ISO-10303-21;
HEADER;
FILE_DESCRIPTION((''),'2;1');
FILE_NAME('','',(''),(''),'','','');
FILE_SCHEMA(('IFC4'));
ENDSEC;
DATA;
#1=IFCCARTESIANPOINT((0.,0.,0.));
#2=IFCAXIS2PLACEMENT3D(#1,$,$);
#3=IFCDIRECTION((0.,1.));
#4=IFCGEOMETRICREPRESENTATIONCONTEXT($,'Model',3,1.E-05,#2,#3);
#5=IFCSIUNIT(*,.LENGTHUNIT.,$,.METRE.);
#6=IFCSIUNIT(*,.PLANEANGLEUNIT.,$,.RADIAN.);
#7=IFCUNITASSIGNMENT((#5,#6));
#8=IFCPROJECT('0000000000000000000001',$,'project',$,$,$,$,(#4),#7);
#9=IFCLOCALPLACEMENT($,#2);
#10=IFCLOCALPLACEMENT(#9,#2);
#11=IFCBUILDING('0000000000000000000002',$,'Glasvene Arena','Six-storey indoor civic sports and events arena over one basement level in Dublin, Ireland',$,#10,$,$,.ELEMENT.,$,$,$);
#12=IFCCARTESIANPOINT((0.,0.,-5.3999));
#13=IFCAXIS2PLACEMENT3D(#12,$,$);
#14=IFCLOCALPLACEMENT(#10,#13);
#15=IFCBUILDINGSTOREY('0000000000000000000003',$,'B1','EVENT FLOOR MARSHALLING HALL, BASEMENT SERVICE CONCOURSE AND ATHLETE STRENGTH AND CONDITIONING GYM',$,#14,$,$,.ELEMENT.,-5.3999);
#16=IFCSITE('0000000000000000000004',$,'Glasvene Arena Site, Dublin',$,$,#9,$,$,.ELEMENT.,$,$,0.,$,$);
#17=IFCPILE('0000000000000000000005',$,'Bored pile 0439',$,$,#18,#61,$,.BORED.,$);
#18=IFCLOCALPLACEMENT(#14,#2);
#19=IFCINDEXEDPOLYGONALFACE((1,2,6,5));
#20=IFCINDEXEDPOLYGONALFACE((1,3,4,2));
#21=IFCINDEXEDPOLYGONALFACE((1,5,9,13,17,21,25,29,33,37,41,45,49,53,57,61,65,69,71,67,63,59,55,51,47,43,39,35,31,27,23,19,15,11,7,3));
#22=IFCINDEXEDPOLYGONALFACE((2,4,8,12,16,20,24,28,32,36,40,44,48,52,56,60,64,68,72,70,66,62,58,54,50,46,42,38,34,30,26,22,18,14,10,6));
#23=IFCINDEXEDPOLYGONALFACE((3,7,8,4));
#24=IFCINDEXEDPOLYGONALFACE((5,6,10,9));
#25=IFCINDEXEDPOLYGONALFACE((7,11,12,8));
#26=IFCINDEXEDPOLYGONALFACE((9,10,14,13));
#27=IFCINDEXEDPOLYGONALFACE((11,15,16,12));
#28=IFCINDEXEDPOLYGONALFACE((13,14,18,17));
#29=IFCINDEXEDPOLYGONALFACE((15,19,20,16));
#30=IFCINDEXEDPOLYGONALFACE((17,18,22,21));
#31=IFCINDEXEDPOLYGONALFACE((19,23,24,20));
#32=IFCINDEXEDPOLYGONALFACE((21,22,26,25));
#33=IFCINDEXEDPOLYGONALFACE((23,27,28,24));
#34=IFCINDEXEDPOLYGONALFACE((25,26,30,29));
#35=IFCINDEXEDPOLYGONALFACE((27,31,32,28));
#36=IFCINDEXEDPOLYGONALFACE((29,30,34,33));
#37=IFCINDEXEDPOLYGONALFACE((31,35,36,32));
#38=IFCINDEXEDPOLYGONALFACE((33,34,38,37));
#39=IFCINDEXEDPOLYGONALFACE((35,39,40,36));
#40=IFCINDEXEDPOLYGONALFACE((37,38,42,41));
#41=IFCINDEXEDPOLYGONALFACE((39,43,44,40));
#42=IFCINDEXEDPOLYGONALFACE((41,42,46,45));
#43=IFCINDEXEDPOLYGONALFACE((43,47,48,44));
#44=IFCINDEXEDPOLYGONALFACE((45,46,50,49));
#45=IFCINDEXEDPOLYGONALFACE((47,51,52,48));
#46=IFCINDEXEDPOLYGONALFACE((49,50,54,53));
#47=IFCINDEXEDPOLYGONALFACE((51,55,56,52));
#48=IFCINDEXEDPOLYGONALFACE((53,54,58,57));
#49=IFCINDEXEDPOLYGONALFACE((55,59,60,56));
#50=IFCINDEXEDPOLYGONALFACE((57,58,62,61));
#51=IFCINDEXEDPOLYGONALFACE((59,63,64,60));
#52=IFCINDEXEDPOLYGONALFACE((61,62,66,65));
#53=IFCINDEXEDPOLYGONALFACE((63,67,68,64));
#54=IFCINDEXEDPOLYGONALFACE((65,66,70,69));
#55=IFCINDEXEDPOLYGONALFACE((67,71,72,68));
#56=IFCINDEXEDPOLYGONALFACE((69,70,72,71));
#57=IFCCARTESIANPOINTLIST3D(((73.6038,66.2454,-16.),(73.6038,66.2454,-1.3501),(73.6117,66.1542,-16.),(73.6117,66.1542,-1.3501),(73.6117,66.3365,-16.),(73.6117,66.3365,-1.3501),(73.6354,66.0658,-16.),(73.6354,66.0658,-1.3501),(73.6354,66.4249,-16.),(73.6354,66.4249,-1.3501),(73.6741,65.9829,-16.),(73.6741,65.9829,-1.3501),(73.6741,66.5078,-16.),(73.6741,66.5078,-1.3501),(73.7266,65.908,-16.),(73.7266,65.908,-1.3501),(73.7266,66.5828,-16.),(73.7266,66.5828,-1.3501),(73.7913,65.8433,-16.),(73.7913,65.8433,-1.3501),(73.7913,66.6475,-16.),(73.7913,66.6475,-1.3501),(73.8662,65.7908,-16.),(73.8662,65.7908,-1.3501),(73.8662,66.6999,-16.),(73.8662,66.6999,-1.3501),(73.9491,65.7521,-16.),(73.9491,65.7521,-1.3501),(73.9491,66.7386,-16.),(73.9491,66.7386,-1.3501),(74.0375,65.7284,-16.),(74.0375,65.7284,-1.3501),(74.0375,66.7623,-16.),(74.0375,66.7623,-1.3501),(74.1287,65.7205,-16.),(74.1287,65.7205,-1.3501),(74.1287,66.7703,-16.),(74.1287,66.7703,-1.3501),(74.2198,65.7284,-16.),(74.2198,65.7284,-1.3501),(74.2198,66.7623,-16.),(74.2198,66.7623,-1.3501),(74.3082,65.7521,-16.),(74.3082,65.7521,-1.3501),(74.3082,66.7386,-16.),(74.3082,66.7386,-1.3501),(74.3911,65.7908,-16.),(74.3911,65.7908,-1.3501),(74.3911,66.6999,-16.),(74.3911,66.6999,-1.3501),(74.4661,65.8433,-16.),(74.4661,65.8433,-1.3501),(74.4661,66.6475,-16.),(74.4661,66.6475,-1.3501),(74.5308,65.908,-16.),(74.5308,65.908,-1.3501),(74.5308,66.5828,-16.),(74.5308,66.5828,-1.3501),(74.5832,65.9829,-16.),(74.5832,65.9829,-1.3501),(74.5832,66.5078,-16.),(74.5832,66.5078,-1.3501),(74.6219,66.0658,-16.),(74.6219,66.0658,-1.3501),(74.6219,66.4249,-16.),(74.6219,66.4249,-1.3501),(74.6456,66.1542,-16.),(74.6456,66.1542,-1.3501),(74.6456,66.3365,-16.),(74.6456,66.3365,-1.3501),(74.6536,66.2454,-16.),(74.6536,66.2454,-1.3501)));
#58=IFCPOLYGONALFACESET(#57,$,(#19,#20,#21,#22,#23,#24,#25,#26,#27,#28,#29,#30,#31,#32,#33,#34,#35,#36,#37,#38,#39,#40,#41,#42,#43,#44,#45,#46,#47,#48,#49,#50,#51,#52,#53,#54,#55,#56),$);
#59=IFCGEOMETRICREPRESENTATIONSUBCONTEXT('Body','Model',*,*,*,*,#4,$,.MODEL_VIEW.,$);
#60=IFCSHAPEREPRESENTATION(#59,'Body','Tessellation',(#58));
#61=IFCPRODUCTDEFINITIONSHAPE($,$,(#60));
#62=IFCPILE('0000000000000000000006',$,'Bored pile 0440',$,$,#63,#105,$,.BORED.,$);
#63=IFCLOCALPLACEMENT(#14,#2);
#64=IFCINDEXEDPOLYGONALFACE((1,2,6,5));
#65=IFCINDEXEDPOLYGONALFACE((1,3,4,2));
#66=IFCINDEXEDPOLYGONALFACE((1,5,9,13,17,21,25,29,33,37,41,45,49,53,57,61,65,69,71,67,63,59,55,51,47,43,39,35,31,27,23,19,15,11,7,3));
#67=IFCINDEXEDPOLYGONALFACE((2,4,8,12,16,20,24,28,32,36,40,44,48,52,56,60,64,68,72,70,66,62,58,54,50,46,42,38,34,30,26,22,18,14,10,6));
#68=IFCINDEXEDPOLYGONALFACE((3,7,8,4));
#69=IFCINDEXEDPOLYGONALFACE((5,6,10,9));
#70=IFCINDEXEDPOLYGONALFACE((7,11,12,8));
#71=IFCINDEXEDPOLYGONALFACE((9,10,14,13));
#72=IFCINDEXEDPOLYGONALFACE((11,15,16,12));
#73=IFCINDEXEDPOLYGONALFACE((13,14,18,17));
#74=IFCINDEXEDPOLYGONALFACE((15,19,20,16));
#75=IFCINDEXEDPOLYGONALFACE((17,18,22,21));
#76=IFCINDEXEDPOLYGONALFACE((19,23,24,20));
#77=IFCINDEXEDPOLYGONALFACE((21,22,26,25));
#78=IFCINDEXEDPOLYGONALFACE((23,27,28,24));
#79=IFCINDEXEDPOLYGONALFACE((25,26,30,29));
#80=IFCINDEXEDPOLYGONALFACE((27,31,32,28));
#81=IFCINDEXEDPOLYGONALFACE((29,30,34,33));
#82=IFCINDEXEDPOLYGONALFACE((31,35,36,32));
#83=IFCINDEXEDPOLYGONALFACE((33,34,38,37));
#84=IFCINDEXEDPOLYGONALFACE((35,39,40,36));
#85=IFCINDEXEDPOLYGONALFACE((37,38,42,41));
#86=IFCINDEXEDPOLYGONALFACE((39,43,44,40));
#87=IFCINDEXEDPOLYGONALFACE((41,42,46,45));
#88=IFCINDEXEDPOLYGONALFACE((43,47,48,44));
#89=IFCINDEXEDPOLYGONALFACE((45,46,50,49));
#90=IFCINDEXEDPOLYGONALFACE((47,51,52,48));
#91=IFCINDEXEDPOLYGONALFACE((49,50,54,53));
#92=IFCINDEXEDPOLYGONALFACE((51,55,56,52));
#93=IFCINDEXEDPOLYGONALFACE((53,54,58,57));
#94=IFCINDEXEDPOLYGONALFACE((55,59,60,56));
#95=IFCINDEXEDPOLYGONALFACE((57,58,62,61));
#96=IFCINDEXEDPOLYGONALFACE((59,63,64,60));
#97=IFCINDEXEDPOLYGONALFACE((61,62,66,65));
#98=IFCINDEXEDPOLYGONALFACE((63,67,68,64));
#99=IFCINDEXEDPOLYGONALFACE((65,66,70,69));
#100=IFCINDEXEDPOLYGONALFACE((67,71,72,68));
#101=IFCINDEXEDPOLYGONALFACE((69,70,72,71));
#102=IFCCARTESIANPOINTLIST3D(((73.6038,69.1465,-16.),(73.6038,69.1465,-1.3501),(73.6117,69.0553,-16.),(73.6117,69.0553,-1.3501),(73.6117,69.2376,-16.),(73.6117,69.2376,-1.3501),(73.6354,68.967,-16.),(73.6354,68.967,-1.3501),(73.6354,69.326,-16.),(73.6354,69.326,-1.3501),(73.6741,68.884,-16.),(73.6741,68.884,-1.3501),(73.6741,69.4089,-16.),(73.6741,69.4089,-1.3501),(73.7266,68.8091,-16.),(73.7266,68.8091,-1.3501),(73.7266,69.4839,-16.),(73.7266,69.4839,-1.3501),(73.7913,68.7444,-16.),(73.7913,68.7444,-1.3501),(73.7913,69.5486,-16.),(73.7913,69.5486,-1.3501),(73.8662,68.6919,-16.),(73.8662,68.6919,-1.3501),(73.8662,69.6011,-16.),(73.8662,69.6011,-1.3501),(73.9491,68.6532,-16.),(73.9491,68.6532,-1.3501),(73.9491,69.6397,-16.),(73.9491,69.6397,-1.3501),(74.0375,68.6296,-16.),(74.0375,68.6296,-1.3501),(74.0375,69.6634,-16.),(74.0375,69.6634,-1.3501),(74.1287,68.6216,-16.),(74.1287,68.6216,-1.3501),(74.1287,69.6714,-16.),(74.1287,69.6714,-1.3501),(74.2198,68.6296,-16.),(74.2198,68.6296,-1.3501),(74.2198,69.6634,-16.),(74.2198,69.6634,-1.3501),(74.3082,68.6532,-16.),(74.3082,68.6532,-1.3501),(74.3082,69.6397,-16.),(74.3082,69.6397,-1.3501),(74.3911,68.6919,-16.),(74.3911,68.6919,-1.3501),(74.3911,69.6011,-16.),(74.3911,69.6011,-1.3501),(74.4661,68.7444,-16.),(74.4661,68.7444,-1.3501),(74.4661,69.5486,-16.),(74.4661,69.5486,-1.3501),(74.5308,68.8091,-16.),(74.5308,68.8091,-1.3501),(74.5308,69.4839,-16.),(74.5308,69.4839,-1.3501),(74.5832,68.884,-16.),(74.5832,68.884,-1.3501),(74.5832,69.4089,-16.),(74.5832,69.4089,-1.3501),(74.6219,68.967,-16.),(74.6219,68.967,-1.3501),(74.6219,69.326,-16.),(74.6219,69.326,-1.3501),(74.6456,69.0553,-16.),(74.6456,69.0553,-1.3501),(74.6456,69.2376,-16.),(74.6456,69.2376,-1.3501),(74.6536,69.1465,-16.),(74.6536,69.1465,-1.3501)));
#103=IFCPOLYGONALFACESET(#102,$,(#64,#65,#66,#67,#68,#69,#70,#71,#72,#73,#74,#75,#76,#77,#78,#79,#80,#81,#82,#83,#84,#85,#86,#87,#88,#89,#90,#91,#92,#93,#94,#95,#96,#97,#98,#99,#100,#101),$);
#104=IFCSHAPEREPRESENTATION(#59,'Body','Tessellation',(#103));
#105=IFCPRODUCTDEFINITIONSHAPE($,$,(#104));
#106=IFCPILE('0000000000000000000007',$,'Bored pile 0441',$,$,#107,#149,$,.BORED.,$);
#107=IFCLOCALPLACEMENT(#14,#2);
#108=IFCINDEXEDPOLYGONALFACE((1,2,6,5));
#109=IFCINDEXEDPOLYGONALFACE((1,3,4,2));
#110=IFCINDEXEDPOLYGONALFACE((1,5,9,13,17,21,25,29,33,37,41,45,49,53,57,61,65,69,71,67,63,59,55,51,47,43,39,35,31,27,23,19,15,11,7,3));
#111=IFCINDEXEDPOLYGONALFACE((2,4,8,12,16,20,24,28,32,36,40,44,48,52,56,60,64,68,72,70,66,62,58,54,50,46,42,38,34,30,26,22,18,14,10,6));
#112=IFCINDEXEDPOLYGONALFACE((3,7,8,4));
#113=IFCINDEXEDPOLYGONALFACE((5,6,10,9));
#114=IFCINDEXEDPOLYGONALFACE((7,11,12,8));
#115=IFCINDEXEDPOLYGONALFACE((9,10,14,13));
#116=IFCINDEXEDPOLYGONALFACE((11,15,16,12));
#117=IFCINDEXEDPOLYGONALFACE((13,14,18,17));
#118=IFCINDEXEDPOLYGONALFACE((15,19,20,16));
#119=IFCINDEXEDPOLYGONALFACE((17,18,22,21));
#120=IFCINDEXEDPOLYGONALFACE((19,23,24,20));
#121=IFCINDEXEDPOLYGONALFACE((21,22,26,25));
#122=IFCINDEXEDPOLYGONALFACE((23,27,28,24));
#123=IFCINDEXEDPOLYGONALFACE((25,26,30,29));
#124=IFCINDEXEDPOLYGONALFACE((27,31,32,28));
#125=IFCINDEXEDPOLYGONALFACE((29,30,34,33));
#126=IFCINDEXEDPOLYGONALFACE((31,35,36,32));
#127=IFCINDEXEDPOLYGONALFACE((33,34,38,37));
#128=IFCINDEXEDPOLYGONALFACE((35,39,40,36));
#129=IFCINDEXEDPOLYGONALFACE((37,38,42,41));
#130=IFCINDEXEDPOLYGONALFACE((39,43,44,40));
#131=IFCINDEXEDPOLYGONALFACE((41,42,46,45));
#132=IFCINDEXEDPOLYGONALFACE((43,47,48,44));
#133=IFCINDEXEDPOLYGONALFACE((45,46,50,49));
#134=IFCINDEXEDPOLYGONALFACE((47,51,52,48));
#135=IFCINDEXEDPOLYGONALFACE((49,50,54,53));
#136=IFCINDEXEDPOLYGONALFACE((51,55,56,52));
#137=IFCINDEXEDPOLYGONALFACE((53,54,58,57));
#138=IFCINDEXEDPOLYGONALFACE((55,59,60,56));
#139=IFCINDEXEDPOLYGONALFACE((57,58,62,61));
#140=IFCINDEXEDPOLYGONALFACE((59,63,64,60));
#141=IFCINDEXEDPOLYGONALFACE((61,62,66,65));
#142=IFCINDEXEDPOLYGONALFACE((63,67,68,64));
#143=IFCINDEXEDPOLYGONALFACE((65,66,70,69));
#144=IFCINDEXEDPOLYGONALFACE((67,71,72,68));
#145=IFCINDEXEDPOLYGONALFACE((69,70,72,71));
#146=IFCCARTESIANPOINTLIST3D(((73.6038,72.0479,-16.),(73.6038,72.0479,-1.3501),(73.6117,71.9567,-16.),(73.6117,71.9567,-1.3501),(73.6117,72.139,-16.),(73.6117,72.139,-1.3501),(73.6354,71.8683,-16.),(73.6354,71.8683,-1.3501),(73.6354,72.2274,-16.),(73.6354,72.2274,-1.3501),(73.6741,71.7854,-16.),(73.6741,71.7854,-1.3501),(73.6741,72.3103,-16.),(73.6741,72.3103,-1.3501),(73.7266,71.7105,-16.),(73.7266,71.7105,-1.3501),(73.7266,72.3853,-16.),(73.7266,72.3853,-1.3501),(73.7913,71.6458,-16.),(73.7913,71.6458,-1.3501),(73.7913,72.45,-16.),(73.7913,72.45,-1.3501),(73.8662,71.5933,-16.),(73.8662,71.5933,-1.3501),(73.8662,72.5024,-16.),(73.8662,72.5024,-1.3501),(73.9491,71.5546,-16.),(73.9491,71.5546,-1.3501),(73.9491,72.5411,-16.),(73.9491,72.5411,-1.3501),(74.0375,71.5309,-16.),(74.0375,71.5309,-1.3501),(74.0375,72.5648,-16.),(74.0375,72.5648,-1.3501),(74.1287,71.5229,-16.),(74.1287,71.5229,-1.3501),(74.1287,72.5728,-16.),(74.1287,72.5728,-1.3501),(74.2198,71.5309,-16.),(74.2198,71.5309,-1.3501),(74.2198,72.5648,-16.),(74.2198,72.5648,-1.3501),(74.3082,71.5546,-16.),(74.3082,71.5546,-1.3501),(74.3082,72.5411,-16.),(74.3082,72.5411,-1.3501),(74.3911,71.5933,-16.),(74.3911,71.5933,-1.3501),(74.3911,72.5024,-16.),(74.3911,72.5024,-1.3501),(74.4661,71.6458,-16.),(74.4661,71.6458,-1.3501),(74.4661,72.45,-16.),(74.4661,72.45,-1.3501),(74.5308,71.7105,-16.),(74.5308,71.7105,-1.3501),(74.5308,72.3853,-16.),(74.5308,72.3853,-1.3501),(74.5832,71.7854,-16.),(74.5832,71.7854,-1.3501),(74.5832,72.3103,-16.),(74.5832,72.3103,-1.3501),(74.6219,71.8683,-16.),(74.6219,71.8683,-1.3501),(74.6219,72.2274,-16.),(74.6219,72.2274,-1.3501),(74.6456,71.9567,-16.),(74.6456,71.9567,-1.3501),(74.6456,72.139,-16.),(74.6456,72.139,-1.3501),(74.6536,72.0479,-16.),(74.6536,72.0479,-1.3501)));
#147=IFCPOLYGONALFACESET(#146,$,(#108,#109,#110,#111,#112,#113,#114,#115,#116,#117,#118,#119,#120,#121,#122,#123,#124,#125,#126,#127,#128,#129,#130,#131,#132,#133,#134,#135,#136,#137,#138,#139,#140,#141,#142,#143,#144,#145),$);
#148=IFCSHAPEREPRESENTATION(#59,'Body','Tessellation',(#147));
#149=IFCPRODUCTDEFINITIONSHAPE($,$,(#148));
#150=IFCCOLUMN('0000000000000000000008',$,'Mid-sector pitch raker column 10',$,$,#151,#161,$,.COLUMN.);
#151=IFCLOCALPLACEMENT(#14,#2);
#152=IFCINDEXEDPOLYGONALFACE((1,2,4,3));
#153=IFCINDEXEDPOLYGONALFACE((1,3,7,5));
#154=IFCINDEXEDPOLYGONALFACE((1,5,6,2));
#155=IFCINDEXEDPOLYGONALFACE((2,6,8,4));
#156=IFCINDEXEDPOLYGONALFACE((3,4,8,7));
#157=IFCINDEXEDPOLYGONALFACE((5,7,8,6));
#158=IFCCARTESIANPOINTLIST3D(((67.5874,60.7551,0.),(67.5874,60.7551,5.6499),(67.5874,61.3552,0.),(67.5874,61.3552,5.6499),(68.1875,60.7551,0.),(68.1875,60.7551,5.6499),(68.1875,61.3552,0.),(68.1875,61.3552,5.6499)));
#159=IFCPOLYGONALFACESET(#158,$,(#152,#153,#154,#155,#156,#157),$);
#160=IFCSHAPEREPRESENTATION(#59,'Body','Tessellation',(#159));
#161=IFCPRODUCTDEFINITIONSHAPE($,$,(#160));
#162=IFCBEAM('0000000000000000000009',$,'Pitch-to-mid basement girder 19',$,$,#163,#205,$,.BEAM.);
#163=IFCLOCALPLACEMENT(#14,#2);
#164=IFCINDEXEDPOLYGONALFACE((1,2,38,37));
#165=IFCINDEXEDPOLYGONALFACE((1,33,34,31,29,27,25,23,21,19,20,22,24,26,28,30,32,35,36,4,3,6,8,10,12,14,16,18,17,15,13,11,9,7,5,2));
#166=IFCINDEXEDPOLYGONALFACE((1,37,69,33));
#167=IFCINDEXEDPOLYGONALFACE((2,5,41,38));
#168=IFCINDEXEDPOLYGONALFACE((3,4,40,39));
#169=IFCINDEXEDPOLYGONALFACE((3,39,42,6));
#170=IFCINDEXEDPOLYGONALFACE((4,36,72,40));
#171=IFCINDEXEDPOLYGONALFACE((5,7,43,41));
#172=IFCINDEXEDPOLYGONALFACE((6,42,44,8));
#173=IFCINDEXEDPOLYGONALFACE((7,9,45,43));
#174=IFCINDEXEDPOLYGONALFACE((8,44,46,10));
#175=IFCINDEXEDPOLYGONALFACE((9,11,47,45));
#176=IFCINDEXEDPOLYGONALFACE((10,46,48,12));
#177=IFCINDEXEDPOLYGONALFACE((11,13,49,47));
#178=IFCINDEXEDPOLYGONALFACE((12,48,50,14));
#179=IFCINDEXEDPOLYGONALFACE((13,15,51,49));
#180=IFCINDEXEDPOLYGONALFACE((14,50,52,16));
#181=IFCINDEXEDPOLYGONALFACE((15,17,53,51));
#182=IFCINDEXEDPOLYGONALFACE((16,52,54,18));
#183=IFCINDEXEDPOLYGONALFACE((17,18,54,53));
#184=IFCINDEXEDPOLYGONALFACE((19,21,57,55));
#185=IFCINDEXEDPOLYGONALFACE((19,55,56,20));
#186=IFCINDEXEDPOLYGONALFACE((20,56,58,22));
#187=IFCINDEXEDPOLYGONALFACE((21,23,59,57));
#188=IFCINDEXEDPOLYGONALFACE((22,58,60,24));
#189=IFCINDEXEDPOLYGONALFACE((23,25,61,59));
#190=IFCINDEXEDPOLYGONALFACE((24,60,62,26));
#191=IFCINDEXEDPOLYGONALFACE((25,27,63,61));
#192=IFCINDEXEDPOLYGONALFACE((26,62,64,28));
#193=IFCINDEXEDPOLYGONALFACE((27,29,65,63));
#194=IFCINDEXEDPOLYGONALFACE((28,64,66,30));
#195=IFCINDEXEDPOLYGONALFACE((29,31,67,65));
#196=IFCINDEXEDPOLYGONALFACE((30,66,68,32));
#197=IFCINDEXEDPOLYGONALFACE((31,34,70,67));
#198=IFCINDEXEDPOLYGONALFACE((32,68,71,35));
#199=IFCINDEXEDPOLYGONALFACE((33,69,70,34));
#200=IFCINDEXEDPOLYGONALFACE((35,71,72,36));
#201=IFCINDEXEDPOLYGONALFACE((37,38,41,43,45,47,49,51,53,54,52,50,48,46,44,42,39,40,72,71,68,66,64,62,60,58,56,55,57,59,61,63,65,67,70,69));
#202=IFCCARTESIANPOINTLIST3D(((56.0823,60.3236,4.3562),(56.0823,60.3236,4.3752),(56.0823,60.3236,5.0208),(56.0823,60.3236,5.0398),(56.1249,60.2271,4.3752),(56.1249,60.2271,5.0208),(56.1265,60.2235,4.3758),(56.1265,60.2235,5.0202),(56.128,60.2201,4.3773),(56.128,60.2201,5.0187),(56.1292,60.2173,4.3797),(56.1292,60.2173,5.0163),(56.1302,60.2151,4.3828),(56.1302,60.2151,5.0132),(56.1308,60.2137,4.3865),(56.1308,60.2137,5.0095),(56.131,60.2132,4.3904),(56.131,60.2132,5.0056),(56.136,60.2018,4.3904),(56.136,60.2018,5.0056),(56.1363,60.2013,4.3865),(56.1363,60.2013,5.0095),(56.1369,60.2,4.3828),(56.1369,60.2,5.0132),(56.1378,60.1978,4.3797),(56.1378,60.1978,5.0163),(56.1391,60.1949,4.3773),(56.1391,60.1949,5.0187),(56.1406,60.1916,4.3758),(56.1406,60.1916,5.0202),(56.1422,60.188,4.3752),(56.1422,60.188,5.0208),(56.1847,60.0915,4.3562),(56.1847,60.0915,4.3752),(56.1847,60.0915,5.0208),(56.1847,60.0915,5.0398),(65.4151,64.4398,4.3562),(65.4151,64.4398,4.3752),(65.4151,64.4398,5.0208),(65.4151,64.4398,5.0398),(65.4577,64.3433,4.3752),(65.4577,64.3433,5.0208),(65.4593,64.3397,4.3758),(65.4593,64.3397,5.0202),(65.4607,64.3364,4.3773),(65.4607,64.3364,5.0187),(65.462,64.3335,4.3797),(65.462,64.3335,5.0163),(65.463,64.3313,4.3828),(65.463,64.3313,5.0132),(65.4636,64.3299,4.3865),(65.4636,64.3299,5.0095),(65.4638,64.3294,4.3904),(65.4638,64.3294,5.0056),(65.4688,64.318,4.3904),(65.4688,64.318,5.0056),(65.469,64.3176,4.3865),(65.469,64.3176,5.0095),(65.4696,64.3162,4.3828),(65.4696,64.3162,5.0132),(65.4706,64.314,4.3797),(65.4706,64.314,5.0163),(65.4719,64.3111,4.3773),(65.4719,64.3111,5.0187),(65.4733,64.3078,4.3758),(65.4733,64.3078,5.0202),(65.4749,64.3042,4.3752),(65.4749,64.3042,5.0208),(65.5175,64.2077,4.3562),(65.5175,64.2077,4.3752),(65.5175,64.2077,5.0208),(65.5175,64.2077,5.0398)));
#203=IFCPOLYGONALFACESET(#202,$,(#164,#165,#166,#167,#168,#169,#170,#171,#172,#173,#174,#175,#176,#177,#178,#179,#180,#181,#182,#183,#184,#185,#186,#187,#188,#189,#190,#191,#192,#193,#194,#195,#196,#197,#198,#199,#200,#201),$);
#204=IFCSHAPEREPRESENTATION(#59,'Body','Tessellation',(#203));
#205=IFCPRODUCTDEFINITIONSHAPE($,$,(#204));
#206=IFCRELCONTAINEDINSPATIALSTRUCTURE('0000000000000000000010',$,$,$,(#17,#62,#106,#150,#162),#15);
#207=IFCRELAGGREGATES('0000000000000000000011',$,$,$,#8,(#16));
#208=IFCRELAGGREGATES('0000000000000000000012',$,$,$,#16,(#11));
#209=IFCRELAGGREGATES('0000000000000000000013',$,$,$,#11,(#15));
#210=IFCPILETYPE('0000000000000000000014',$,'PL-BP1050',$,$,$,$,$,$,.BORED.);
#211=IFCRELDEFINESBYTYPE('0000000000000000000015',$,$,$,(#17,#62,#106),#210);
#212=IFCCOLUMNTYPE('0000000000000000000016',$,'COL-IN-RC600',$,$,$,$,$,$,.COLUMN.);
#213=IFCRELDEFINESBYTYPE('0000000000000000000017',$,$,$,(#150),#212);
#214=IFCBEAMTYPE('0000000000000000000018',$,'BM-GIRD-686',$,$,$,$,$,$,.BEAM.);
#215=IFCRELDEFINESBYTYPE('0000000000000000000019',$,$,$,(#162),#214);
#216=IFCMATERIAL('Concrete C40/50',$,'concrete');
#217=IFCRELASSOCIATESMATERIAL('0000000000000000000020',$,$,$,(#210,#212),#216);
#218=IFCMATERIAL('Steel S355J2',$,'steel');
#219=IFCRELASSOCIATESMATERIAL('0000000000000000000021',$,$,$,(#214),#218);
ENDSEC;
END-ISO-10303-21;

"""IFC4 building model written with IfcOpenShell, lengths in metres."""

from ifc_helpers import new_model, si_unit, direction, frame, origin, origin_2d, place, context, subcontext, project, spatial, rectangle, circle, i_section, extrude, material, material_profile, profile_set, type_object, element, save


model = new_model("IFC4")

# Units and contexts
model_context = context("Model", 3, precision=1e-05, world=origin(), true_north=direction((0.0, 1.0)))
body_context = subcontext(model_context, "Body", "Model", "MODEL_VIEW")
ifc_project = project(units=[si_unit("LENGTHUNIT", "METRE"), si_unit("PLANEANGLEUNIT", "RADIAN")], contexts=[model_context])

# Site, building, storey
site_placement = place(None, origin())
site = spatial("IfcSite", under=ifc_project, at=site_placement, Name="Glasvene Arena Site, Dublin", CompositionType="ELEMENT", RefElevation=0.0)
building_placement = place(site_placement, origin())
building = spatial("IfcBuilding", under=site, at=building_placement, Name="Glasvene Arena", Description="Six-storey indoor civic sports and events arena over one basement level in Dublin, Ireland", CompositionType="ELEMENT")
storey_placement = place(building_placement, frame((0.0, 0.0, -5.3999)))
storey = spatial("IfcBuildingStorey", under=building, at=storey_placement, Name="B1", Description="EVENT FLOOR MARSHALLING HALL, BASEMENT SERVICE CONCOURSE AND ATHLETE STRENGTH AND CONDITIONING GYM", CompositionType="ELEMENT", Elevation=-5.3999)

# Piles
ifc_material_1 = material(Name="Concrete C40/50", Category="concrete")
ifc_material_profile_1 = material_profile(ifc_material_1, circle(Radius=0.5249, at=origin_2d()), Name="BORED PILE 1050")
ifc_profile_set_1 = profile_set([ifc_material_profile_1], Name="Concrete C40/50")
pile_type = type_object("IfcPileType", Name="PL-BP1050", PredefinedType="BORED", material=ifc_profile_set_1)
for number, where, z_axis, x_axis, name in (
    (1, (74.1287, 66.2454, -1.3501), (0.0, 0.0, -1.0), (1.0, 0.0, 0.0), "Bored pile 0439"),
    (2, (74.1287, 69.1465, -1.3501), (0.0, 0.0, -1.0), (1.0, 0.0, 0.0), "Bored pile 0440"),
    (3, (74.1287, 72.0479, -1.3501), (0.0, 0.0, -1.0), (1.0, 0.0, 0.0), "Bored pile 0441"),
):
    element("IfcPile", number, at=place(storey_placement, frame(where, z_axis=z_axis, x_axis=x_axis)), inside=storey, type_object=pile_type, Name=name, PredefinedType="BORED", context=body_context, shape_type="SweptSolid", body=[
        extrude(circle(Radius=0.5249, at=origin_2d()), origin(), (0.0, 0.0, 1.0), 14.6499),
    ])

# Column
ifc_material_profile_2 = material_profile(ifc_material_1, rectangle(XDim=0.6001, YDim=0.6001, at=origin_2d()), Name="RC 600x600")
ifc_profile_set_2 = profile_set([ifc_material_profile_2], Name="Concrete C40/50")
column_type = type_object("IfcColumnType", Name="COL-IN-RC600", PredefinedType="COLUMN", material=ifc_profile_set_2)
column_placement = place(storey_placement, frame((67.8875, 61.0552, 0.0), z_axis=(0.0, 0.0, 1.0), x_axis=(1.0, 0.0, 0.0)))
element("IfcColumn", 4, at=column_placement, inside=storey, type_object=column_type, Name="Mid-sector pitch raker column 10", PredefinedType="COLUMN", context=body_context, shape_type="SweptSolid", body=[
    extrude(rectangle(XDim=0.6001, YDim=0.6001, at=origin_2d()), origin(), (0.0, 0.0, 1.0), 5.6499),
])

# Beam
ifc_material_2 = material(Name="Steel S355J2", Category="steel")
ifc_material_profile_3 = material_profile(ifc_material_2, i_section(OverallWidth=0.2537, OverallDepth=0.6836, WebThickness=0.0125, FlangeThickness=0.019, FilletRadius=0.0151, at=origin_2d()), Name="UKB 686x254x140")
ifc_profile_set_3 = profile_set([ifc_material_profile_3], Name="Steel S355J2")
beam_type = type_object("IfcBeamType", Name="BM-GIRD-686", PredefinedType="BEAM", material=ifc_profile_set_3)
beam_placement = place(storey_placement, frame((65.4663, 64.3237, 4.698), z_axis=(-0.914961, -0.403543, 0.0), x_axis=(0.403543, -0.914961, 0.0)))
element("IfcBeam", 5, at=beam_placement, inside=storey, type_object=beam_type, Name="Pitch-to-mid basement girder 19", PredefinedType="BEAM", context=body_context, shape_type="SweptSolid", body=[
    extrude(i_section(OverallWidth=0.2537, OverallDepth=0.6836, WebThickness=0.0125, FlangeThickness=0.019, FilletRadius=0.0151, at=origin_2d()), origin(), (0.0, 0.0, 1.0), 10.2002),
])

save(model, "model.ifc")
